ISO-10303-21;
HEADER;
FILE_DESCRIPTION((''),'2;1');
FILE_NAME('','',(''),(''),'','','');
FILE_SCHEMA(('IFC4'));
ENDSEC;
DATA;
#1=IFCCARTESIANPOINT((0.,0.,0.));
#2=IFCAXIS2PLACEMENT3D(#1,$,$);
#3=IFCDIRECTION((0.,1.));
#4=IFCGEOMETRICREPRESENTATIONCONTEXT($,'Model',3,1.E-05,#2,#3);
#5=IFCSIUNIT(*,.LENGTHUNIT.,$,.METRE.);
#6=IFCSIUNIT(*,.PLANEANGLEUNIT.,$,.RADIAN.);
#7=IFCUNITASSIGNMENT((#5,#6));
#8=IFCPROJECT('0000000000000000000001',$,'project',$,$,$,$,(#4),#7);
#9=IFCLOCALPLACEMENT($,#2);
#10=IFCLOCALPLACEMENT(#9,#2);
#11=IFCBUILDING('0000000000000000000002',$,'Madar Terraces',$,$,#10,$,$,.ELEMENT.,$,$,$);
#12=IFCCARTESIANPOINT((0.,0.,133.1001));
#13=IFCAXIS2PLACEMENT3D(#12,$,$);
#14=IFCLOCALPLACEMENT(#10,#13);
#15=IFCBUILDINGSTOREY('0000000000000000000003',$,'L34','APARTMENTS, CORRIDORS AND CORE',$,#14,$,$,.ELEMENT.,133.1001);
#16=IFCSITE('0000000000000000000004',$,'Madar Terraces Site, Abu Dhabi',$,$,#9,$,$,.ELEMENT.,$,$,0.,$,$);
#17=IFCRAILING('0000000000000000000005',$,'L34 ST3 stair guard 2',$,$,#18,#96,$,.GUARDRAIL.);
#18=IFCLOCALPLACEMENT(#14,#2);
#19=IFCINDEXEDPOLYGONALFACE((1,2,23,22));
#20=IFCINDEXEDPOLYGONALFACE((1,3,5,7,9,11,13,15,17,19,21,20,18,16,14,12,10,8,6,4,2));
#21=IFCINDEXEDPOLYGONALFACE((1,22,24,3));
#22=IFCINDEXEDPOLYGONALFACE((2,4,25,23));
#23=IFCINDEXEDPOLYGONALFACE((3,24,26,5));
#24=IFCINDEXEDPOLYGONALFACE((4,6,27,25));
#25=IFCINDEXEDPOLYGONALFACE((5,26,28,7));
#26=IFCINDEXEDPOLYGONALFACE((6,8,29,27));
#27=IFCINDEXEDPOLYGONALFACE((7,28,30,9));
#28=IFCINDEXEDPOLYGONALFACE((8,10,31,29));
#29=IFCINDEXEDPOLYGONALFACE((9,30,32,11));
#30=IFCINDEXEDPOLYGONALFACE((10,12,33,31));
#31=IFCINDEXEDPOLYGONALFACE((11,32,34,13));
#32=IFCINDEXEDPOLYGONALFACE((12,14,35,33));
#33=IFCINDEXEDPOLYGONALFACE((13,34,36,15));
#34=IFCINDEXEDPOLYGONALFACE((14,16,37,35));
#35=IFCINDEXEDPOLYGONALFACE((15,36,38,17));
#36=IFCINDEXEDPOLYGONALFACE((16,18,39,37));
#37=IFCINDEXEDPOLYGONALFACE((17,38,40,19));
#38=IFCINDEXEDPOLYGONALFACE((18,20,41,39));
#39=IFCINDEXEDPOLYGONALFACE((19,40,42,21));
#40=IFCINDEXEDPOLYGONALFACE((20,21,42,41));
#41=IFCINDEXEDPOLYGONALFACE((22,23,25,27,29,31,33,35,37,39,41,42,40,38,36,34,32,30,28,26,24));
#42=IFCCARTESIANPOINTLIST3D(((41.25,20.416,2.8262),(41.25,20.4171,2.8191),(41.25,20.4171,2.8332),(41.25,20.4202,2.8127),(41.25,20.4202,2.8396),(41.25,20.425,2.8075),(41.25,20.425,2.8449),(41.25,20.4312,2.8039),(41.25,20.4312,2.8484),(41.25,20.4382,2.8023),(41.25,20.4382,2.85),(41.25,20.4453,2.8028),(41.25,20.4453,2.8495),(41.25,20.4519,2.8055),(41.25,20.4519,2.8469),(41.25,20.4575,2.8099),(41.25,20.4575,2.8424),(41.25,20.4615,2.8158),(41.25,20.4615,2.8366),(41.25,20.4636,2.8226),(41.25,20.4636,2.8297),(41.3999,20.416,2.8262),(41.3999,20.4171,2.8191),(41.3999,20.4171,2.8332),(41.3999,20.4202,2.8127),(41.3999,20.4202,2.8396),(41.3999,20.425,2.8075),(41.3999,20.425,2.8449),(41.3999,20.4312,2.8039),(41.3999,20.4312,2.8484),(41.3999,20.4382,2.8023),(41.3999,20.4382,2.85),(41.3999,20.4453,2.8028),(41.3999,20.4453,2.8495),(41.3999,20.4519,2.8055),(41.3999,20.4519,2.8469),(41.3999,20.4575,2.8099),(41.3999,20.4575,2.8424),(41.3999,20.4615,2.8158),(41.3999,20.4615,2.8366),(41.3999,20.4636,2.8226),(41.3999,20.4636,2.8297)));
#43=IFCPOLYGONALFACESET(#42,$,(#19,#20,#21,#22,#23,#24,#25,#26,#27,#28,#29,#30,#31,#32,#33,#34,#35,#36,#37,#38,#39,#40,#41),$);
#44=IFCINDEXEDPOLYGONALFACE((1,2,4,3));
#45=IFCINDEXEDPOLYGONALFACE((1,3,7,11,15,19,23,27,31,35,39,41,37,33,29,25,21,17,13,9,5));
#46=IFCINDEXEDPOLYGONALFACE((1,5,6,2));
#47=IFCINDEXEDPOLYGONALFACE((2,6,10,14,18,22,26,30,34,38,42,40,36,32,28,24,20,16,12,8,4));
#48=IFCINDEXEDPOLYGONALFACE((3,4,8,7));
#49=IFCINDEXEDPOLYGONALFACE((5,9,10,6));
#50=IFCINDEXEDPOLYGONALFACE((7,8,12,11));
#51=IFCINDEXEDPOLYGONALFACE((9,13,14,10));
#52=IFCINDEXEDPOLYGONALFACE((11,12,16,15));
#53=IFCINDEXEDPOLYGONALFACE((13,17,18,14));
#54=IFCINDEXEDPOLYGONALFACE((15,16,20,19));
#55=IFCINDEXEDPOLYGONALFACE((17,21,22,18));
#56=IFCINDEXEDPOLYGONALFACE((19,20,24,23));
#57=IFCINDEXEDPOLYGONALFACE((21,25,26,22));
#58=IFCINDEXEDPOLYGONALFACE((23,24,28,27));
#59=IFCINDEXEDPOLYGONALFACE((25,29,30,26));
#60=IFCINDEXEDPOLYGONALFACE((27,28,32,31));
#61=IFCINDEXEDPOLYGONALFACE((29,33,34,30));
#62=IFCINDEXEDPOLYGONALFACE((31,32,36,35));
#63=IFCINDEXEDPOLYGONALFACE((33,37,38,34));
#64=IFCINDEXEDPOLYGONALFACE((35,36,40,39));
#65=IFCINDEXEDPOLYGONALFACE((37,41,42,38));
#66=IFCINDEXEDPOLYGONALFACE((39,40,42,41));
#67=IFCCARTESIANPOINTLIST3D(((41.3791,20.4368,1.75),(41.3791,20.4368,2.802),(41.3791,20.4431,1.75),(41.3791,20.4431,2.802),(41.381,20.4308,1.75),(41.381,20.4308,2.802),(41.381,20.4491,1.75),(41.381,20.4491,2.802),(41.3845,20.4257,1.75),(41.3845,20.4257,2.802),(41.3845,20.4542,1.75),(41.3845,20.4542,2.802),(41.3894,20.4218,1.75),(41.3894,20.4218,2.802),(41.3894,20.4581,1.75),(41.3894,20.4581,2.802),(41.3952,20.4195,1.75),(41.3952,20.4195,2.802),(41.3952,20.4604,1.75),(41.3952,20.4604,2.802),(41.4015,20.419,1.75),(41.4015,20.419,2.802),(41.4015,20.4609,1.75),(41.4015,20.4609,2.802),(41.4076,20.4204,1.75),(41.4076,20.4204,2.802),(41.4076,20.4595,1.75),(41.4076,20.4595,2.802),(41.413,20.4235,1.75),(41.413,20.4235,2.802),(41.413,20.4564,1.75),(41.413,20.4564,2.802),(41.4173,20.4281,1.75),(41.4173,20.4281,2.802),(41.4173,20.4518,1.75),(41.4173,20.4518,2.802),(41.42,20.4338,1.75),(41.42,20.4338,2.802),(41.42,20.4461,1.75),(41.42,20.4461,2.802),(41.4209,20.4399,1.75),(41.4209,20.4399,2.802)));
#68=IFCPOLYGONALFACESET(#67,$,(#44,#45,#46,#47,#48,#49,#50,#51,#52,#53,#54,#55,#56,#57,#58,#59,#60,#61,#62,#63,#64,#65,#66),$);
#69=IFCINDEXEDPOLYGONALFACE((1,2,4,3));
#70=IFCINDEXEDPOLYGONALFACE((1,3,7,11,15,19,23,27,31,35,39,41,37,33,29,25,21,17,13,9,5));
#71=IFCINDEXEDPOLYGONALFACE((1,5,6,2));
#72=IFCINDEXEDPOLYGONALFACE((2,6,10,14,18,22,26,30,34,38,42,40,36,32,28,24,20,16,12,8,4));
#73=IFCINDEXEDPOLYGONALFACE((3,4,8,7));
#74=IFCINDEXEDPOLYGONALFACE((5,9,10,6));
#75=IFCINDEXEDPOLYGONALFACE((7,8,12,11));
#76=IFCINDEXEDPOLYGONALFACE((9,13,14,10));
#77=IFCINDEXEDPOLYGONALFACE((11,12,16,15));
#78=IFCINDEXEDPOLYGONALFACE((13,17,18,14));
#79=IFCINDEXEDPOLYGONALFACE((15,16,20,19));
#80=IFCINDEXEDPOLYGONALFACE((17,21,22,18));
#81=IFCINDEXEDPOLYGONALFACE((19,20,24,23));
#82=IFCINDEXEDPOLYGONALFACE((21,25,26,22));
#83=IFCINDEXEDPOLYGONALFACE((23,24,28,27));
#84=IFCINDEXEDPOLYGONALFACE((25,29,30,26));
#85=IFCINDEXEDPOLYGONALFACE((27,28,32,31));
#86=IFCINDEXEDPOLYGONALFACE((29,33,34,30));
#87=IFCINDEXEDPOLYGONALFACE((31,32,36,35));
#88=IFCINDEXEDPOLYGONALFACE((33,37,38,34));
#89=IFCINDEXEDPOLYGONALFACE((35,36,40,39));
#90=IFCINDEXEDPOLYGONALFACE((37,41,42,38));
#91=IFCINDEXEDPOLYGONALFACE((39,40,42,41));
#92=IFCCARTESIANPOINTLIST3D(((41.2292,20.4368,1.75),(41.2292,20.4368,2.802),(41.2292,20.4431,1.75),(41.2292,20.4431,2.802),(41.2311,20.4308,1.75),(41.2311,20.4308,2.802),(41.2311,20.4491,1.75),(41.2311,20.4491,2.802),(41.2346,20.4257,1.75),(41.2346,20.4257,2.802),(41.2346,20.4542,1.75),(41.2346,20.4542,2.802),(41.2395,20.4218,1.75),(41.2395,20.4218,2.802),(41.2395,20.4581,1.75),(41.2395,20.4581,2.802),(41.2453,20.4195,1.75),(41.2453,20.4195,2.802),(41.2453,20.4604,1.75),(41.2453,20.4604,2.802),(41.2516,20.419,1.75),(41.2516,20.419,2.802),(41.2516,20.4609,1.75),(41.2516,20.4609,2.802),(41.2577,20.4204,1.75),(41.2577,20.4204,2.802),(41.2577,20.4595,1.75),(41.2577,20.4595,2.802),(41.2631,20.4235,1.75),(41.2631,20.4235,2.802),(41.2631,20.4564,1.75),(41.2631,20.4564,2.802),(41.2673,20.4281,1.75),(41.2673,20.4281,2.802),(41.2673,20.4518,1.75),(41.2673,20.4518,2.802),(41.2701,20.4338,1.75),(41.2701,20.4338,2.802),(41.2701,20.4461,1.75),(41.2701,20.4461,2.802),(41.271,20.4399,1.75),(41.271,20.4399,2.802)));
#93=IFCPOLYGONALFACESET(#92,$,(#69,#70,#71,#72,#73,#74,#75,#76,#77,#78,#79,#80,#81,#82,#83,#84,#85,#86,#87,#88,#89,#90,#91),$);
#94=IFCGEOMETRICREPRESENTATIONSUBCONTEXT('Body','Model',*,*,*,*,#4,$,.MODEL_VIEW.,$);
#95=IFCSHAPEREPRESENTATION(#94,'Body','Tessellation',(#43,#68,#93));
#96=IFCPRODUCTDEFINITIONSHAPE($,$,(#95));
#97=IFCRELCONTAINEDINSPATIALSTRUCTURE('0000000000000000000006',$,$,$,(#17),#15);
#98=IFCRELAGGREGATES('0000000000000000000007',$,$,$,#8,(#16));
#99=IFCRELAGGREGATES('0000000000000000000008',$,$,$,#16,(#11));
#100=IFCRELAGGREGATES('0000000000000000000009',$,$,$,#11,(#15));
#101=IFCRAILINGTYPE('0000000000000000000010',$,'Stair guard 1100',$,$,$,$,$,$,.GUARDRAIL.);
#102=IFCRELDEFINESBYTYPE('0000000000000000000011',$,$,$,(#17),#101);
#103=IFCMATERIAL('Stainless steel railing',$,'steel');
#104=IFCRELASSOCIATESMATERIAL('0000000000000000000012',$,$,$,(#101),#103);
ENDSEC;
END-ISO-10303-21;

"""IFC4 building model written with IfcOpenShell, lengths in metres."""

from ifc_helpers import new_model, si_unit, direction, frame, origin, origin_2d, place, context, subcontext, project, spatial, circle, extrude, material, type_object, element, save


model = new_model("IFC4")

# Units and contexts
model_context = context("Model", 3, precision=1e-05, world=origin(), true_north=direction((0.0, 1.0)))
body_context = subcontext(model_context, "Body", "Model", "MODEL_VIEW")
ifc_project = project(units=[si_unit("LENGTHUNIT", "METRE"), si_unit("PLANEANGLEUNIT", "RADIAN")], contexts=[model_context])

# Site, building, storey
site_placement = place(None, origin())
site = spatial("IfcSite", under=ifc_project, at=site_placement, Name="Madar Terraces Site, Abu Dhabi", CompositionType="ELEMENT", RefElevation=0.0)
building_placement = place(site_placement, origin())
building = spatial("IfcBuilding", under=site, at=building_placement, Name="Madar Terraces", CompositionType="ELEMENT")
storey_placement = place(building_placement, frame((0.0, 0.0, 133.1001)))
storey = spatial("IfcBuildingStorey", under=building, at=storey_placement, Name="L34", Description="APARTMENTS, CORRIDORS AND CORE", CompositionType="ELEMENT", Elevation=133.1001)

# Railing
ifc_material_1 = material(Name="Stainless steel railing", Category="steel")
railing_type_1 = type_object("IfcRailingType", Name="Stair guard 1100", PredefinedType="GUARDRAIL", material=ifc_material_1)
railing_1_placement = place(storey_placement, frame((41.3999, 20.4399, 1.75)))
element("IfcRailing", 1, at=railing_1_placement, inside=storey, type_object=railing_type_1, Name="L34 ST3 stair guard 2", PredefinedType="GUARDRAIL", context=body_context, shape_type="SweptSolid", body=[
    extrude(circle(Radius=0.0239, at=origin_2d()), frame((0.0, 0.0, 1.0762), z_axis=(-1.0, 0.0, 0.0), x_axis=(0.0, -1.0, 0.0)), (0.0, 0.0, 1.0), 0.1499),
    extrude(circle(Radius=0.021, at=origin_2d()), origin(), (0.0, 0.0, 1.0), 1.052),
    extrude(circle(Radius=0.021, at=origin_2d()), frame((-0.1499, 0.0, 0.0)), (0.0, 0.0, 1.0), 1.052),
])

save(model, "model.ifc")
